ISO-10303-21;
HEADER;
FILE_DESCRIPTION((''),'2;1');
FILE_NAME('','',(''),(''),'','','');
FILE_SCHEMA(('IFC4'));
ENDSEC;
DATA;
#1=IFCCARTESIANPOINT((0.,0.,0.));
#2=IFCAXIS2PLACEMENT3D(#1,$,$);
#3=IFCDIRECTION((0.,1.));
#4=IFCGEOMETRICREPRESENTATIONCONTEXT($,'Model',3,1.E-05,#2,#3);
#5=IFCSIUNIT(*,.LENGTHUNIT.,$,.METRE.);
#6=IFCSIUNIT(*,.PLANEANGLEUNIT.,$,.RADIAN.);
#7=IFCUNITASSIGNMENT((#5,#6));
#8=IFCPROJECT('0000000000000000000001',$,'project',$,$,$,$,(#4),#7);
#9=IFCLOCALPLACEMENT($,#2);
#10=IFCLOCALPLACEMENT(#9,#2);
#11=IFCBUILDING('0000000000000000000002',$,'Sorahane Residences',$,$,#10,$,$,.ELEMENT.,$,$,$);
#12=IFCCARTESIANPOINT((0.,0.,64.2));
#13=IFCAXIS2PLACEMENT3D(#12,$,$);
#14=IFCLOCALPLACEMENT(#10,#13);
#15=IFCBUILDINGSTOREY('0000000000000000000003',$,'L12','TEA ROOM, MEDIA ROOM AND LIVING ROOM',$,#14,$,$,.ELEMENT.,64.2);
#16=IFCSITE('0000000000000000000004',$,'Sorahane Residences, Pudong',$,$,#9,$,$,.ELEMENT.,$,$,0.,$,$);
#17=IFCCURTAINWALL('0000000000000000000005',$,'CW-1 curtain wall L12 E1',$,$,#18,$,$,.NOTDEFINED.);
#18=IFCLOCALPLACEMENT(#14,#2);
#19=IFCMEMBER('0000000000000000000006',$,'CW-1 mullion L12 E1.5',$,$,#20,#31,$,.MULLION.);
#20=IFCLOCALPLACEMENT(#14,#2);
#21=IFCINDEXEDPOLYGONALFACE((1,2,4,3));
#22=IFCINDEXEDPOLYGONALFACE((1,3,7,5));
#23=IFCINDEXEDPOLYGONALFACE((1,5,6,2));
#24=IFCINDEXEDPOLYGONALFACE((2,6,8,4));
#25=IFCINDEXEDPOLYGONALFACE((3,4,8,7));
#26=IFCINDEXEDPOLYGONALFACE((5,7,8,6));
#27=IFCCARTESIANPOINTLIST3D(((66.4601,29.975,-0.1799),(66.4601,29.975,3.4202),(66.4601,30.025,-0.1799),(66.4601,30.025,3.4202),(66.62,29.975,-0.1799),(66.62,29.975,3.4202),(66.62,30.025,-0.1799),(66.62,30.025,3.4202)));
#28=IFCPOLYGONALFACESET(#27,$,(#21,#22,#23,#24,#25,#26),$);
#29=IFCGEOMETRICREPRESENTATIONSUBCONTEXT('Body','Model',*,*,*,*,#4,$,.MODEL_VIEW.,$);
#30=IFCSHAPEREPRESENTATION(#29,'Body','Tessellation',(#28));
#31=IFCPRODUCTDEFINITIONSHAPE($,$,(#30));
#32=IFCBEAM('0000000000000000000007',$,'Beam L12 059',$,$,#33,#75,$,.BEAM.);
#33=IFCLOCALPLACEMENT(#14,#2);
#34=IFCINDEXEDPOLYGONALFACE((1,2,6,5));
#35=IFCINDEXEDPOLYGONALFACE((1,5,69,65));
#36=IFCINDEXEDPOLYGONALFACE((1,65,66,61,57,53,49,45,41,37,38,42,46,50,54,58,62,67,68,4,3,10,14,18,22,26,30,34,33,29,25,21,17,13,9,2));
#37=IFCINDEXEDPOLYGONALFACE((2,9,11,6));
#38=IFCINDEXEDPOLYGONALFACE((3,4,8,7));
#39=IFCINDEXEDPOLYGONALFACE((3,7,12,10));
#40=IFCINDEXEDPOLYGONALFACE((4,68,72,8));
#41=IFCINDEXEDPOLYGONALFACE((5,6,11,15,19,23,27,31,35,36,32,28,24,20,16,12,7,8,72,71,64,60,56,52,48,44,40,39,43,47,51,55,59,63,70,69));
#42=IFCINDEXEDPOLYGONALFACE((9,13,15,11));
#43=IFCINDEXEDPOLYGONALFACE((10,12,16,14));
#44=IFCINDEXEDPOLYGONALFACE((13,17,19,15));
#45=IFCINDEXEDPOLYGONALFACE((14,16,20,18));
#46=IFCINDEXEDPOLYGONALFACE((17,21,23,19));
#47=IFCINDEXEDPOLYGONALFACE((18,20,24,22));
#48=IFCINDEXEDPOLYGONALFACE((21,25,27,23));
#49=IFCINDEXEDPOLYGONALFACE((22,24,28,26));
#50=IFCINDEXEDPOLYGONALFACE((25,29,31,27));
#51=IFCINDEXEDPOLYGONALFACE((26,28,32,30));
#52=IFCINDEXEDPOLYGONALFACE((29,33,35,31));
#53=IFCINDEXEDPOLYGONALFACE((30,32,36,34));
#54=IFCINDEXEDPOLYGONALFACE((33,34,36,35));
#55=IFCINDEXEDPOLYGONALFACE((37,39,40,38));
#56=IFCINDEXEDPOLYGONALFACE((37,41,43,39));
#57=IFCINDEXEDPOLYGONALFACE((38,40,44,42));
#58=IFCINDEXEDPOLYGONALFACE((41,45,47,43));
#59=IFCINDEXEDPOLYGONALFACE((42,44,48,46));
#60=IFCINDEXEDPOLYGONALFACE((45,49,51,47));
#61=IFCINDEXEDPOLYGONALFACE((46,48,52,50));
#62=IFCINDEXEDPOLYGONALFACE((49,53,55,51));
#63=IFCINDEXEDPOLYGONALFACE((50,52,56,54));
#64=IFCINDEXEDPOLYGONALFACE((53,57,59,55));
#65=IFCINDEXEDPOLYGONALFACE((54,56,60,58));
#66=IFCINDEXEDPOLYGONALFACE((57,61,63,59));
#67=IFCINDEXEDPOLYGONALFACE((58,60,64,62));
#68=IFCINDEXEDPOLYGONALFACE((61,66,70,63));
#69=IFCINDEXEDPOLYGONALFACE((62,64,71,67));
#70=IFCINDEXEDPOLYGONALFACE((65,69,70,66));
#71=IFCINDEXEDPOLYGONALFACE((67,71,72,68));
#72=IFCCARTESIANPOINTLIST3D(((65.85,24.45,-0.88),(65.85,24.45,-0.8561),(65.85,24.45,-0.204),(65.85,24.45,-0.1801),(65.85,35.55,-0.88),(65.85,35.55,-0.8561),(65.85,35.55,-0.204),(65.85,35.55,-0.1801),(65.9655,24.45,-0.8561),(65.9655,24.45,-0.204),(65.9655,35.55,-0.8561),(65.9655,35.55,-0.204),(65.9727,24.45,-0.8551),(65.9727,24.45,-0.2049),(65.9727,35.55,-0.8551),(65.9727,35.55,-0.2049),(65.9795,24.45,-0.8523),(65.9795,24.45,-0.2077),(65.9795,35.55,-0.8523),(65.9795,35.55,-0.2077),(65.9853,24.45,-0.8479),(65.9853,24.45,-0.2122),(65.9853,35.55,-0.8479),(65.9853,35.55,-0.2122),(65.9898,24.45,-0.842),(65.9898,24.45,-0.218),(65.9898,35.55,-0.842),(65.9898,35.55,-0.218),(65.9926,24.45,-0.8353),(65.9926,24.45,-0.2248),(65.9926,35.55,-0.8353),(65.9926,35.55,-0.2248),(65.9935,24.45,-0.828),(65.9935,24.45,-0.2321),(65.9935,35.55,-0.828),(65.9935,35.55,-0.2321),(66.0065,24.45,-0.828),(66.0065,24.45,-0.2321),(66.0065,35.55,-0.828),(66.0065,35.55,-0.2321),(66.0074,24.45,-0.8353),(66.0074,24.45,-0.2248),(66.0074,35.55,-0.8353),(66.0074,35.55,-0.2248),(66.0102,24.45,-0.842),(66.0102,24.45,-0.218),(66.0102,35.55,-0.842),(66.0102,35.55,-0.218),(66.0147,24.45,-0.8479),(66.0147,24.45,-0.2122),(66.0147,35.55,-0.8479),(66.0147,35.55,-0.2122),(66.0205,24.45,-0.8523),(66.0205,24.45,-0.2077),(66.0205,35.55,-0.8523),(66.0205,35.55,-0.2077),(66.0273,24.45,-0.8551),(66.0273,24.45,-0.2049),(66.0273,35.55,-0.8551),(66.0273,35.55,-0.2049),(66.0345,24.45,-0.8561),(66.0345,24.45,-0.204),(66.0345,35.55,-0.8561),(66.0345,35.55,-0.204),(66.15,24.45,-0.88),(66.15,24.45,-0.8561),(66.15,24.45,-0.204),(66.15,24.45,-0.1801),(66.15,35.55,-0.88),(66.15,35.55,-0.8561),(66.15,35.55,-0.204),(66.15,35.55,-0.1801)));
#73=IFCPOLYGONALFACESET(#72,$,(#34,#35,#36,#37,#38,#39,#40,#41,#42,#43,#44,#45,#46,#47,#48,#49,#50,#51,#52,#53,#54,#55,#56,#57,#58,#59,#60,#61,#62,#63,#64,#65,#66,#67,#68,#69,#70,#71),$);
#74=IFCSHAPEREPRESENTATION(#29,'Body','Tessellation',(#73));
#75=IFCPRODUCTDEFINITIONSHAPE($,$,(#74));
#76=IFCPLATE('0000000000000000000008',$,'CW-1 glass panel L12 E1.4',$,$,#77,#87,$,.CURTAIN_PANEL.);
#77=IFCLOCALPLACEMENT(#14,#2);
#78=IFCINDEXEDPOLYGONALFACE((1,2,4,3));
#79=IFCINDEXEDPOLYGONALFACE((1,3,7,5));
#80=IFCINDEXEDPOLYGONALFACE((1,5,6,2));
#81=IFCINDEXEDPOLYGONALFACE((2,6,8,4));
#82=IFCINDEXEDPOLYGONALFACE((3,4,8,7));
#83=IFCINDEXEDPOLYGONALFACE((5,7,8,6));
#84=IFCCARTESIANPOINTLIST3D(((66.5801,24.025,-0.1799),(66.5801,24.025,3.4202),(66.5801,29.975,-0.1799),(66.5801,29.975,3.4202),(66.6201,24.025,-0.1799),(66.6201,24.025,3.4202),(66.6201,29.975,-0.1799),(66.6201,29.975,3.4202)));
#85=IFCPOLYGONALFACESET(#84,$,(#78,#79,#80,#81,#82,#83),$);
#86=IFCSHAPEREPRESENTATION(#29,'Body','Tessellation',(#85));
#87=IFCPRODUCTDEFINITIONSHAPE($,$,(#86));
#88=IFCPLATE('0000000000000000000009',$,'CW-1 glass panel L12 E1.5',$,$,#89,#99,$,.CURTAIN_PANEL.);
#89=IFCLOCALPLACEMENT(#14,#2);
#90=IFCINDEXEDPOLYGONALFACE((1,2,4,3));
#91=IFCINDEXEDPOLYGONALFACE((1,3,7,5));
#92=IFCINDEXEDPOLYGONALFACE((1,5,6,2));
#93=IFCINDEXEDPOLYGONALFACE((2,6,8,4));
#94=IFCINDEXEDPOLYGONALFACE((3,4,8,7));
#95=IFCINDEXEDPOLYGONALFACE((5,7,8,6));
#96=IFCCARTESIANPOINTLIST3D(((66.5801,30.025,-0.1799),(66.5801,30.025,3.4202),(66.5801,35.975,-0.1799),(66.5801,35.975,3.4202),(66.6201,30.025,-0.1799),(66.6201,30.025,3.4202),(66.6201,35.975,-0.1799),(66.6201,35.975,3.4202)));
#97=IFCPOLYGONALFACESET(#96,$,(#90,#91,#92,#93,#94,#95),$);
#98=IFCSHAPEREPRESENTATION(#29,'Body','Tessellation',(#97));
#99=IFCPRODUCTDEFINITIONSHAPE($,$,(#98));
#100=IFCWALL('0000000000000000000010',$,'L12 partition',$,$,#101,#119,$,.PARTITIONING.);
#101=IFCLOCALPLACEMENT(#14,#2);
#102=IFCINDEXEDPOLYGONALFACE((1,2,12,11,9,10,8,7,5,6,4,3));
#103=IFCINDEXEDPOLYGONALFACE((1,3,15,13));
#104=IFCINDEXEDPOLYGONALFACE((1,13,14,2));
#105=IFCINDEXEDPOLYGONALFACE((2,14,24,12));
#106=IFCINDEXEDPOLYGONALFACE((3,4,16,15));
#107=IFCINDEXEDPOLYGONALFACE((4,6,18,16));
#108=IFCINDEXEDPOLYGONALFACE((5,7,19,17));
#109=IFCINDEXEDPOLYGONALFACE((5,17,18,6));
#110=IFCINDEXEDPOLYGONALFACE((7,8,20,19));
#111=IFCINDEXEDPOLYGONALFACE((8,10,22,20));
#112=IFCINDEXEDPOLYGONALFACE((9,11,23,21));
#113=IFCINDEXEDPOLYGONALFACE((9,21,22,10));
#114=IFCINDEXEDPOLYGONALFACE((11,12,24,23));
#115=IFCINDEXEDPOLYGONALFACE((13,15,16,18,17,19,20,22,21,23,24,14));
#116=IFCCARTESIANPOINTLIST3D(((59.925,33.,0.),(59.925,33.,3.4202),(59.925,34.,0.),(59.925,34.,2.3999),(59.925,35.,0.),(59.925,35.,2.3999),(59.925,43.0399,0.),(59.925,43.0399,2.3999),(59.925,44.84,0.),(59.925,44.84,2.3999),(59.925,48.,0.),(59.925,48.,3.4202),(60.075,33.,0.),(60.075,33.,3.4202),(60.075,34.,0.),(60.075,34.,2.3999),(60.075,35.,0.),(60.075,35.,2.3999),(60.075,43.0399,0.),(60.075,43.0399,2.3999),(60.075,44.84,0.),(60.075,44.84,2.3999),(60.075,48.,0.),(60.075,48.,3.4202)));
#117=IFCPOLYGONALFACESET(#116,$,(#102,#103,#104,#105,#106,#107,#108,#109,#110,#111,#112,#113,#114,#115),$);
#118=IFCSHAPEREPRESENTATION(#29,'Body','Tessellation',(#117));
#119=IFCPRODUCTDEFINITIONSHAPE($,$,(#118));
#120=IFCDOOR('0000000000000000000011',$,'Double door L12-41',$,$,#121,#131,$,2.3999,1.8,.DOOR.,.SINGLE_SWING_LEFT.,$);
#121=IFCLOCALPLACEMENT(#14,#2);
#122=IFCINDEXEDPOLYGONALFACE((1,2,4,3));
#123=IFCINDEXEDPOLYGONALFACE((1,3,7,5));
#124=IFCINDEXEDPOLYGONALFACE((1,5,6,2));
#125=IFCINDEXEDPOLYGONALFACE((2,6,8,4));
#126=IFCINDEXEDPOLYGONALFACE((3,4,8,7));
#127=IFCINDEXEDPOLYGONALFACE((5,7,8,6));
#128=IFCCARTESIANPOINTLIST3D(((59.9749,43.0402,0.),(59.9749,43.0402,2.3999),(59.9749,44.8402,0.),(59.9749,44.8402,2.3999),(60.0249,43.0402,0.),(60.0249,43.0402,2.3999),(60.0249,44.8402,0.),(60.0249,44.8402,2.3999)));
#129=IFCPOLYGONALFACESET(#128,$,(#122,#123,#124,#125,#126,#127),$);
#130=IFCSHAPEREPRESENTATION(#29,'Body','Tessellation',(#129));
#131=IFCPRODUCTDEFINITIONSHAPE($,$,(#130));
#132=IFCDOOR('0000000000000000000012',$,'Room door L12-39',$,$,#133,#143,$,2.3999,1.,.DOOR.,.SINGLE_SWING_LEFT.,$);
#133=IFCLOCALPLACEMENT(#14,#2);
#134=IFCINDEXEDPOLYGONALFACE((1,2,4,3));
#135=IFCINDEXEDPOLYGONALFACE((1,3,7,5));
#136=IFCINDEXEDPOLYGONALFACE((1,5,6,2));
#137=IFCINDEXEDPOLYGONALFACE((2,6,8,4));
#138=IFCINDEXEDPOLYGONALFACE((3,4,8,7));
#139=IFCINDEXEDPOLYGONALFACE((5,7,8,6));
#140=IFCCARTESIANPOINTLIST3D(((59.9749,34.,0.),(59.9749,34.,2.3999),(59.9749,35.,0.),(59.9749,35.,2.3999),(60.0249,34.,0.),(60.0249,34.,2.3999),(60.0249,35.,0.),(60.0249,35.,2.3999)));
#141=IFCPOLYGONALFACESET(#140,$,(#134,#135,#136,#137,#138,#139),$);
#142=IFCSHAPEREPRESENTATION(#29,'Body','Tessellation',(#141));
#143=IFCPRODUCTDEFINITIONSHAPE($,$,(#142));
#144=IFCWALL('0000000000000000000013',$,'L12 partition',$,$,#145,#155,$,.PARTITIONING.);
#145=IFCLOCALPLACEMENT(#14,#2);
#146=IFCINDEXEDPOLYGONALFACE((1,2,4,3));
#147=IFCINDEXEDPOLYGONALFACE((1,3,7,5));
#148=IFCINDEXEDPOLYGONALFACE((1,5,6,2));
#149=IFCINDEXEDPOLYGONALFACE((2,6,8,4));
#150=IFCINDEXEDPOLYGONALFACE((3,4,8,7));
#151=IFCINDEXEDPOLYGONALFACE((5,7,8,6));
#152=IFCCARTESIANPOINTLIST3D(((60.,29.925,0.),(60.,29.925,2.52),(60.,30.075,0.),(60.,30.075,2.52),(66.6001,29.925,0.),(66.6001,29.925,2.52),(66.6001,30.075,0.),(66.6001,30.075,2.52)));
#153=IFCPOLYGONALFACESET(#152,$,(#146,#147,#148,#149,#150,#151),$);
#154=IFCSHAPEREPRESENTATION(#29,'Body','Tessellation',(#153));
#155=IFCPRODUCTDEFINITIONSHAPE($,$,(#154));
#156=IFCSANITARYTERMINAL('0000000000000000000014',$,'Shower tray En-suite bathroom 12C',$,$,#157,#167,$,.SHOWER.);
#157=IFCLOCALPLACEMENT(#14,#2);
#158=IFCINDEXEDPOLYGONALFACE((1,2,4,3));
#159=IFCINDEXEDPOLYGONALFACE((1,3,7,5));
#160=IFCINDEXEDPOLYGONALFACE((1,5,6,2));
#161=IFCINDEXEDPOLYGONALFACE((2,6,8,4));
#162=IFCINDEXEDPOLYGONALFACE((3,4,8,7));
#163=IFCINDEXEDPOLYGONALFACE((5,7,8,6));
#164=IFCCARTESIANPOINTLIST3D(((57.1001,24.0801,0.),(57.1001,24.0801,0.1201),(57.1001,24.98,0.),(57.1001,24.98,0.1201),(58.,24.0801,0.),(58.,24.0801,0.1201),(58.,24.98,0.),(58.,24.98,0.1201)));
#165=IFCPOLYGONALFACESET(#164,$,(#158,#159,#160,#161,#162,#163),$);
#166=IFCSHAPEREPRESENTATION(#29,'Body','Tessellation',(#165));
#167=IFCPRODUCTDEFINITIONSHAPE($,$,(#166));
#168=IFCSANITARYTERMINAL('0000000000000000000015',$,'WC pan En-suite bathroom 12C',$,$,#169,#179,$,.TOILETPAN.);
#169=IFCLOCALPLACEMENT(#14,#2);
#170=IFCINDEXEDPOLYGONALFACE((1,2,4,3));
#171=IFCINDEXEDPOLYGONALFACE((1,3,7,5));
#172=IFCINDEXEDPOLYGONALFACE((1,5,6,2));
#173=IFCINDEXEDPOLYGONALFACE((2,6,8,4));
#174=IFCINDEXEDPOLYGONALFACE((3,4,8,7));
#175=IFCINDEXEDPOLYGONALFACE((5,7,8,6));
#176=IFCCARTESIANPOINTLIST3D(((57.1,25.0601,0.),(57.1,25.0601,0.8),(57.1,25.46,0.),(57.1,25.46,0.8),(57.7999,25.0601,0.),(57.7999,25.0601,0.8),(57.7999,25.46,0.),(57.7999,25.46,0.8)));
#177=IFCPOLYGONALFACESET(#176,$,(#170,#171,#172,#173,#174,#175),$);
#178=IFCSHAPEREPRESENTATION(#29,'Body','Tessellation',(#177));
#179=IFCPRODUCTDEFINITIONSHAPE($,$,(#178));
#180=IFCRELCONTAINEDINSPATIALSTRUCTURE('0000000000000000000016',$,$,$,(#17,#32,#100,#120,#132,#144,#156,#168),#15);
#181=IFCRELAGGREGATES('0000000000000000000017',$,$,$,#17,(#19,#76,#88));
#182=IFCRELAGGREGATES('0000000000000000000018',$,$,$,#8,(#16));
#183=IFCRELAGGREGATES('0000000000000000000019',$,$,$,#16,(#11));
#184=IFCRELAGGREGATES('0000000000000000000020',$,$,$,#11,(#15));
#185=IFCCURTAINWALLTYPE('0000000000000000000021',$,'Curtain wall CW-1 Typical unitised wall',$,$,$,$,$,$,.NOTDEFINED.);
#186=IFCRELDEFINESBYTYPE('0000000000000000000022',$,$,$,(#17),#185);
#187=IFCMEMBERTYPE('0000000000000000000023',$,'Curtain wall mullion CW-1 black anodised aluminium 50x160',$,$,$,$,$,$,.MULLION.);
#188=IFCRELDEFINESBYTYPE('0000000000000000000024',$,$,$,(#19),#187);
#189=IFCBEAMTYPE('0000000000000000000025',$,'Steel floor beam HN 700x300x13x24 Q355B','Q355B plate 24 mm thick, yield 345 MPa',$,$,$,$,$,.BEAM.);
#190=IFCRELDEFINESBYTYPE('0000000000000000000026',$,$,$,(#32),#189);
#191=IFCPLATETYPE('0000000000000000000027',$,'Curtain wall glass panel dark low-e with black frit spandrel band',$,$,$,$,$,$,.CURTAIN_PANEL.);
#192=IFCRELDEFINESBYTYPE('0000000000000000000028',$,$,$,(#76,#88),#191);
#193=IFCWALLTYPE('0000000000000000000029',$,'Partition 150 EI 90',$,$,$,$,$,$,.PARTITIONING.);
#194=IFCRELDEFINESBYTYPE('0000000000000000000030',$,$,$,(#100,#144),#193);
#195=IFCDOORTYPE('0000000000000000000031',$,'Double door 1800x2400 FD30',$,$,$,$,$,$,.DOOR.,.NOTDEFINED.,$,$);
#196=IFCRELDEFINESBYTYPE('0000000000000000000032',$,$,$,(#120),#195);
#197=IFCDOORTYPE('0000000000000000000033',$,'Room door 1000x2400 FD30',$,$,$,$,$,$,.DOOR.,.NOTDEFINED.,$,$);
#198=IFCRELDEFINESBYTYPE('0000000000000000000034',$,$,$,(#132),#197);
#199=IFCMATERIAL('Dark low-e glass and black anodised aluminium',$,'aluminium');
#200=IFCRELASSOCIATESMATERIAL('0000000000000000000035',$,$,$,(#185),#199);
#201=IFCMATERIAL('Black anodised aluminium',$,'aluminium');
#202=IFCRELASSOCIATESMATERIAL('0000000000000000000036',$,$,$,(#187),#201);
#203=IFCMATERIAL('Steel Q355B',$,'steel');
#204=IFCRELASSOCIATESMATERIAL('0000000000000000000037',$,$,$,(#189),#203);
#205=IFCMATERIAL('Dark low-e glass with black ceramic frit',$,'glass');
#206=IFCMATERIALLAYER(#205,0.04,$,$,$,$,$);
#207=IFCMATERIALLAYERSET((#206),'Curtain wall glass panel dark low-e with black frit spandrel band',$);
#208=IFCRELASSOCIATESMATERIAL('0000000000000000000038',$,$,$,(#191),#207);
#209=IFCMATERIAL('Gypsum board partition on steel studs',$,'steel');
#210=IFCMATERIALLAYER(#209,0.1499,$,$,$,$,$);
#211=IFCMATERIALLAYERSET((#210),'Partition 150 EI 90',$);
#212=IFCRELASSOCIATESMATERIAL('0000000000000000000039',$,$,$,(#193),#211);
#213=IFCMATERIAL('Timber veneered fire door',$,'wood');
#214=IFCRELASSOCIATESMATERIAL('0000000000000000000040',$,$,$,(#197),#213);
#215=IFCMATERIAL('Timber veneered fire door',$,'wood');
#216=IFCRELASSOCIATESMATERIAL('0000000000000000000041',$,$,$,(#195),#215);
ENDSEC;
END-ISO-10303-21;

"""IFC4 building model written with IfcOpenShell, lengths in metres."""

from ifc_helpers import new_model, si_unit, direction, frame, frame_2d, origin, origin_2d, place, context, subcontext, project, spatial, rectangle, i_section, extrude, material, layer, layer_set, material_profile, profile_set, type_object, element, fill, aggregate, save


model = new_model("IFC4")

# Units and contexts
model_context = context("Model", 3, precision=1e-05, world=origin(), true_north=direction((0.0, 1.0)))
body_context = subcontext(model_context, "Body", "Model", "MODEL_VIEW")
ifc_project = project(units=[si_unit("LENGTHUNIT", "METRE"), si_unit("PLANEANGLEUNIT", "RADIAN")], contexts=[model_context])

# Site, building, storey
site_placement = place(None, origin())
site = spatial("IfcSite", under=ifc_project, at=site_placement, Name="Sorahane Residences, Pudong", CompositionType="ELEMENT", RefElevation=0.0)
building_placement = place(site_placement, origin())
building = spatial("IfcBuilding", under=site, at=building_placement, Name="Sorahane Residences", CompositionType="ELEMENT")
storey_placement = place(building_placement, frame((0.0, 0.0, 64.2)))
storey = spatial("IfcBuildingStorey", under=building, at=storey_placement, Name="L12", Description="TEA ROOM, MEDIA ROOM AND LIVING ROOM", CompositionType="ELEMENT", Elevation=64.2)

# Curtain wall, member
ifc_material_1 = material(Name="Dark low-e glass and black anodised aluminium", Category="aluminium")
curtain_wall_type = type_object("IfcCurtainWallType", Name="Curtain wall CW-1 Typical unitised wall", PredefinedType="NOTDEFINED", material=ifc_material_1)
curtain_wall_placement = place(storey_placement, origin())
curtain_wall = element("IfcCurtainWall", 1, at=curtain_wall_placement, inside=storey, type_object=curtain_wall_type, Name="CW-1 curtain wall L12 E1", PredefinedType="NOTDEFINED")
ifc_material_2 = material(Name="Black anodised aluminium", Category="aluminium")
ifc_material_profile_1 = material_profile(ifc_material_2, rectangle(XDim=0.1599, YDim=0.05, at=origin_2d()), Name="Curtain wall mullion CW-1 black anodised aluminium 50x160")
ifc_profile_set_1 = profile_set([ifc_material_profile_1], Name="Black anodised aluminium")
member_type = type_object("IfcMemberType", Name="Curtain wall mullion CW-1 black anodised aluminium 50x160", PredefinedType="MULLION", material=ifc_profile_set_1)
member_placement = place(storey_placement, frame((66.54, 30.0, -0.1799), z_axis=(0.0, 0.0, 1.0), x_axis=(1.0, 0.0, 0.0)))
member = element("IfcMember", 2, at=member_placement, type_object=member_type, Name="CW-1 mullion L12 E1.5", PredefinedType="MULLION", context=body_context, shape_type="SweptSolid", body=[
    extrude(rectangle(XDim=0.1599, YDim=0.05, at=origin_2d()), origin(), (0.0, 0.0, 1.0), 3.6001),
])

# Beam
ifc_material_3 = material(Name="Steel Q355B", Category="steel")
ifc_material_profile_2 = material_profile(ifc_material_3, i_section(OverallWidth=0.3, OverallDepth=0.7, WebThickness=0.0129, FlangeThickness=0.0239, FilletRadius=0.0281, at=origin_2d()), Name="HN 700x300x13x24")
ifc_profile_set_2 = profile_set([ifc_material_profile_2], Name="Steel Q355B")
beam_type = type_object("IfcBeamType", Name="Steel floor beam HN 700x300x13x24 Q355B", Description="Q355B plate 24 mm thick, yield 345 MPa", PredefinedType="BEAM", material=ifc_profile_set_2)
beam_placement = place(storey_placement, frame((66.0, 24.45, -0.53), z_axis=(0.0, 1.0, 0.0), x_axis=(-1.0, 0.0, 0.0)))
element("IfcBeam", 3, at=beam_placement, inside=storey, type_object=beam_type, Name="Beam L12 059", PredefinedType="BEAM", context=body_context, shape_type="SweptSolid", body=[
    extrude(i_section(OverallWidth=0.3, OverallDepth=0.7, WebThickness=0.0129, FlangeThickness=0.0239, FilletRadius=0.0281, at=origin_2d()), origin(), (0.0, 0.0, 1.0), 11.1001),
])

# Plates
ifc_material_4 = material(Name="Dark low-e glass with black ceramic frit", Category="glass")
ifc_layer_1 = layer(ifc_material_4, 0.04)
ifc_layer_set_1 = layer_set([ifc_layer_1], Name="Curtain wall glass panel dark low-e with black frit spandrel band")
plate_type = type_object("IfcPlateType", Name="Curtain wall glass panel dark low-e with black frit spandrel band", PredefinedType="CURTAIN_PANEL", material=ifc_layer_set_1)
plate_1_placement = place(storey_placement, frame((66.6001, 27.0, -0.1799), z_axis=(0.0, 0.0, 1.0), x_axis=(0.0, 1.0, 0.0)))
plate_1 = element("IfcPlate", 4, at=plate_1_placement, type_object=plate_type, Name="CW-1 glass panel L12 E1.4", PredefinedType="CURTAIN_PANEL", context=body_context, shape_type="SweptSolid", body=[
    extrude(rectangle(XDim=5.95, YDim=0.04, at=origin_2d()), origin(), (0.0, 0.0, 1.0), 3.6001),
])
plate_2_placement = place(storey_placement, frame((66.6001, 33.0, -0.1799), z_axis=(0.0, 0.0, 1.0), x_axis=(0.0, 1.0, 0.0)))
plate_2 = element("IfcPlate", 5, at=plate_2_placement, type_object=plate_type, Name="CW-1 glass panel L12 E1.5", PredefinedType="CURTAIN_PANEL", context=body_context, shape_type="SweptSolid", body=[
    extrude(rectangle(XDim=5.95, YDim=0.04, at=origin_2d()), origin(), (0.0, 0.0, 1.0), 3.6001),
])
aggregate(curtain_wall, [member, plate_1, plate_2])

# Shared definitions
ifc_material_5 = material(Name="Gypsum board partition on steel studs", Category="steel")
ifc_layer_2 = layer(ifc_material_5, 0.1499)
ifc_layer_set_2 = layer_set([ifc_layer_2], Name="Partition 150 EI 90")
wall_type_1 = type_object("IfcWallType", Name="Partition 150 EI 90", PredefinedType="PARTITIONING", material=ifc_layer_set_2)
ifc_material_6 = material(Name="Timber veneered fire door", Category="wood")
door_type_1 = type_object("IfcDoorType", Name="Room door 1000x2400 FD30", OperationType="NOTDEFINED", PredefinedType="DOOR", material=ifc_material_6)

# Wall, openings, doors
wall_1_placement = place(storey_placement, frame((60.0, 33.0, 0.0), z_axis=(0.0, 0.0, 1.0), x_axis=(0.0, 1.0, 0.0)))
wall_1 = element("IfcWall", 6, at=wall_1_placement, inside=storey, type_object=wall_type_1, Name="L12 partition", PredefinedType="PARTITIONING", context=body_context, shape_type="SweptSolid", body=[
    extrude(rectangle(XDim=15.0, YDim=0.1499, at=frame_2d((7.5, 0.0))), origin(), (0.0, 0.0, 1.0), 3.4202),
])
opening_1_placement = place(wall_1_placement, frame((1.0, 0.0, 0.0)))
opening_1 = element("IfcOpeningElement", 7, at=opening_1_placement, cuts=wall_1, PredefinedType="OPENING", context=body_context, shape_type="SweptSolid", body=[
    extrude(rectangle(XDim=1.0, YDim=2.3999, at=frame_2d((0.5, 1.2))), frame((0.0, 0.085, 0.0), z_axis=(0.0, -1.0, 0.0), x_axis=(1.0, 0.0, 0.0)), (0.0, 0.0, 1.0), 0.1699),
])
opening_2_placement = place(wall_1_placement, frame((10.04, 0.0, 0.0)))
opening_2 = element("IfcOpeningElement", 8, at=opening_2_placement, cuts=wall_1, PredefinedType="OPENING", context=body_context, shape_type="SweptSolid", body=[
    extrude(rectangle(XDim=1.8, YDim=2.3999, at=frame_2d((0.8999, 1.2))), frame((0.0, 0.085, 0.0), z_axis=(0.0, -1.0, 0.0), x_axis=(1.0, 0.0, 0.0)), (0.0, 0.0, 1.0), 0.1699),
])
ifc_material_7 = material(Name="Timber veneered fire door", Category="wood")
door_type_2 = type_object("IfcDoorType", Name="Double door 1800x2400 FD30", OperationType="NOTDEFINED", PredefinedType="DOOR", material=ifc_material_7)
door_1_placement = place(opening_2_placement, frame((1.8, 0.0, 0.0), z_axis=(0.0, 0.0, 1.0), x_axis=(-1.0, 0.0, 0.0)))
door_1 = element("IfcDoor", 9, at=door_1_placement, inside=storey, type_object=door_type_2, Name="Double door L12-41", OperationType="SINGLE_SWING_LEFT", OverallHeight=2.3999, OverallWidth=1.8, PredefinedType="DOOR", context=body_context, shape_type="SweptSolid", body=[
    extrude(rectangle(XDim=1.8, YDim=2.3999, at=frame_2d((0.8999, 1.2))), frame((0.0, 0.0249, 0.0), z_axis=(0.0, -1.0, 0.0), x_axis=(1.0, 0.0, 0.0)), (0.0, 0.0, 1.0), 0.05),
])
fill(opening_2, door_1)
door_2_placement = place(opening_1_placement, frame((1.0, 0.0, 0.0), z_axis=(0.0, 0.0, 1.0), x_axis=(-1.0, 0.0, 0.0)))
door_2 = element("IfcDoor", 10, at=door_2_placement, inside=storey, type_object=door_type_1, Name="Room door L12-39", OperationType="SINGLE_SWING_LEFT", OverallHeight=2.3999, OverallWidth=1.0, PredefinedType="DOOR", context=body_context, shape_type="SweptSolid", body=[
    extrude(rectangle(XDim=1.0, YDim=2.3999, at=frame_2d((0.5, 1.2))), frame((0.0, 0.0249, 0.0), z_axis=(0.0, -1.0, 0.0), x_axis=(1.0, 0.0, 0.0)), (0.0, 0.0, 1.0), 0.05),
])
fill(opening_1, door_2)

# Wall
wall_2_placement = place(storey_placement, frame((60.0, 30.0, 0.0), z_axis=(0.0, 0.0, 1.0), x_axis=(1.0, 0.0, 0.0)))
element("IfcWall", 11, at=wall_2_placement, inside=storey, type_object=wall_type_1, Name="L12 partition", PredefinedType="PARTITIONING", context=body_context, shape_type="SweptSolid", body=[
    extrude(rectangle(XDim=6.6001, YDim=0.1499, at=frame_2d((3.3, 0.0))), origin(), (0.0, 0.0, 1.0), 2.52),
])

# Sanitary terminals
sanitary_terminal_1_placement = place(storey_placement, frame((57.55, 24.53, 0.0), z_axis=(0.0, 0.0, 1.0), x_axis=(0.0, 1.0, 0.0)))
element("IfcSanitaryTerminal", 12, at=sanitary_terminal_1_placement, inside=storey, Name="Shower tray En-suite bathroom 12C", PredefinedType="SHOWER", context=body_context, shape_type="SweptSolid", body=[
    extrude(rectangle(XDim=0.8999, YDim=0.8999, at=origin_2d()), origin(), (0.0, 0.0, 1.0), 0.1201),
])
sanitary_terminal_2_placement = place(storey_placement, frame((57.45, 25.26, 0.0), z_axis=(0.0, 0.0, 1.0), x_axis=(0.0, 1.0, 0.0)))
element("IfcSanitaryTerminal", 13, at=sanitary_terminal_2_placement, inside=storey, Name="WC pan En-suite bathroom 12C", PredefinedType="TOILETPAN", context=body_context, shape_type="SweptSolid", body=[
    extrude(rectangle(XDim=0.3999, YDim=0.7, at=origin_2d()), origin(), (0.0, 0.0, 1.0), 0.8),
])

save(model, "model.ifc")
